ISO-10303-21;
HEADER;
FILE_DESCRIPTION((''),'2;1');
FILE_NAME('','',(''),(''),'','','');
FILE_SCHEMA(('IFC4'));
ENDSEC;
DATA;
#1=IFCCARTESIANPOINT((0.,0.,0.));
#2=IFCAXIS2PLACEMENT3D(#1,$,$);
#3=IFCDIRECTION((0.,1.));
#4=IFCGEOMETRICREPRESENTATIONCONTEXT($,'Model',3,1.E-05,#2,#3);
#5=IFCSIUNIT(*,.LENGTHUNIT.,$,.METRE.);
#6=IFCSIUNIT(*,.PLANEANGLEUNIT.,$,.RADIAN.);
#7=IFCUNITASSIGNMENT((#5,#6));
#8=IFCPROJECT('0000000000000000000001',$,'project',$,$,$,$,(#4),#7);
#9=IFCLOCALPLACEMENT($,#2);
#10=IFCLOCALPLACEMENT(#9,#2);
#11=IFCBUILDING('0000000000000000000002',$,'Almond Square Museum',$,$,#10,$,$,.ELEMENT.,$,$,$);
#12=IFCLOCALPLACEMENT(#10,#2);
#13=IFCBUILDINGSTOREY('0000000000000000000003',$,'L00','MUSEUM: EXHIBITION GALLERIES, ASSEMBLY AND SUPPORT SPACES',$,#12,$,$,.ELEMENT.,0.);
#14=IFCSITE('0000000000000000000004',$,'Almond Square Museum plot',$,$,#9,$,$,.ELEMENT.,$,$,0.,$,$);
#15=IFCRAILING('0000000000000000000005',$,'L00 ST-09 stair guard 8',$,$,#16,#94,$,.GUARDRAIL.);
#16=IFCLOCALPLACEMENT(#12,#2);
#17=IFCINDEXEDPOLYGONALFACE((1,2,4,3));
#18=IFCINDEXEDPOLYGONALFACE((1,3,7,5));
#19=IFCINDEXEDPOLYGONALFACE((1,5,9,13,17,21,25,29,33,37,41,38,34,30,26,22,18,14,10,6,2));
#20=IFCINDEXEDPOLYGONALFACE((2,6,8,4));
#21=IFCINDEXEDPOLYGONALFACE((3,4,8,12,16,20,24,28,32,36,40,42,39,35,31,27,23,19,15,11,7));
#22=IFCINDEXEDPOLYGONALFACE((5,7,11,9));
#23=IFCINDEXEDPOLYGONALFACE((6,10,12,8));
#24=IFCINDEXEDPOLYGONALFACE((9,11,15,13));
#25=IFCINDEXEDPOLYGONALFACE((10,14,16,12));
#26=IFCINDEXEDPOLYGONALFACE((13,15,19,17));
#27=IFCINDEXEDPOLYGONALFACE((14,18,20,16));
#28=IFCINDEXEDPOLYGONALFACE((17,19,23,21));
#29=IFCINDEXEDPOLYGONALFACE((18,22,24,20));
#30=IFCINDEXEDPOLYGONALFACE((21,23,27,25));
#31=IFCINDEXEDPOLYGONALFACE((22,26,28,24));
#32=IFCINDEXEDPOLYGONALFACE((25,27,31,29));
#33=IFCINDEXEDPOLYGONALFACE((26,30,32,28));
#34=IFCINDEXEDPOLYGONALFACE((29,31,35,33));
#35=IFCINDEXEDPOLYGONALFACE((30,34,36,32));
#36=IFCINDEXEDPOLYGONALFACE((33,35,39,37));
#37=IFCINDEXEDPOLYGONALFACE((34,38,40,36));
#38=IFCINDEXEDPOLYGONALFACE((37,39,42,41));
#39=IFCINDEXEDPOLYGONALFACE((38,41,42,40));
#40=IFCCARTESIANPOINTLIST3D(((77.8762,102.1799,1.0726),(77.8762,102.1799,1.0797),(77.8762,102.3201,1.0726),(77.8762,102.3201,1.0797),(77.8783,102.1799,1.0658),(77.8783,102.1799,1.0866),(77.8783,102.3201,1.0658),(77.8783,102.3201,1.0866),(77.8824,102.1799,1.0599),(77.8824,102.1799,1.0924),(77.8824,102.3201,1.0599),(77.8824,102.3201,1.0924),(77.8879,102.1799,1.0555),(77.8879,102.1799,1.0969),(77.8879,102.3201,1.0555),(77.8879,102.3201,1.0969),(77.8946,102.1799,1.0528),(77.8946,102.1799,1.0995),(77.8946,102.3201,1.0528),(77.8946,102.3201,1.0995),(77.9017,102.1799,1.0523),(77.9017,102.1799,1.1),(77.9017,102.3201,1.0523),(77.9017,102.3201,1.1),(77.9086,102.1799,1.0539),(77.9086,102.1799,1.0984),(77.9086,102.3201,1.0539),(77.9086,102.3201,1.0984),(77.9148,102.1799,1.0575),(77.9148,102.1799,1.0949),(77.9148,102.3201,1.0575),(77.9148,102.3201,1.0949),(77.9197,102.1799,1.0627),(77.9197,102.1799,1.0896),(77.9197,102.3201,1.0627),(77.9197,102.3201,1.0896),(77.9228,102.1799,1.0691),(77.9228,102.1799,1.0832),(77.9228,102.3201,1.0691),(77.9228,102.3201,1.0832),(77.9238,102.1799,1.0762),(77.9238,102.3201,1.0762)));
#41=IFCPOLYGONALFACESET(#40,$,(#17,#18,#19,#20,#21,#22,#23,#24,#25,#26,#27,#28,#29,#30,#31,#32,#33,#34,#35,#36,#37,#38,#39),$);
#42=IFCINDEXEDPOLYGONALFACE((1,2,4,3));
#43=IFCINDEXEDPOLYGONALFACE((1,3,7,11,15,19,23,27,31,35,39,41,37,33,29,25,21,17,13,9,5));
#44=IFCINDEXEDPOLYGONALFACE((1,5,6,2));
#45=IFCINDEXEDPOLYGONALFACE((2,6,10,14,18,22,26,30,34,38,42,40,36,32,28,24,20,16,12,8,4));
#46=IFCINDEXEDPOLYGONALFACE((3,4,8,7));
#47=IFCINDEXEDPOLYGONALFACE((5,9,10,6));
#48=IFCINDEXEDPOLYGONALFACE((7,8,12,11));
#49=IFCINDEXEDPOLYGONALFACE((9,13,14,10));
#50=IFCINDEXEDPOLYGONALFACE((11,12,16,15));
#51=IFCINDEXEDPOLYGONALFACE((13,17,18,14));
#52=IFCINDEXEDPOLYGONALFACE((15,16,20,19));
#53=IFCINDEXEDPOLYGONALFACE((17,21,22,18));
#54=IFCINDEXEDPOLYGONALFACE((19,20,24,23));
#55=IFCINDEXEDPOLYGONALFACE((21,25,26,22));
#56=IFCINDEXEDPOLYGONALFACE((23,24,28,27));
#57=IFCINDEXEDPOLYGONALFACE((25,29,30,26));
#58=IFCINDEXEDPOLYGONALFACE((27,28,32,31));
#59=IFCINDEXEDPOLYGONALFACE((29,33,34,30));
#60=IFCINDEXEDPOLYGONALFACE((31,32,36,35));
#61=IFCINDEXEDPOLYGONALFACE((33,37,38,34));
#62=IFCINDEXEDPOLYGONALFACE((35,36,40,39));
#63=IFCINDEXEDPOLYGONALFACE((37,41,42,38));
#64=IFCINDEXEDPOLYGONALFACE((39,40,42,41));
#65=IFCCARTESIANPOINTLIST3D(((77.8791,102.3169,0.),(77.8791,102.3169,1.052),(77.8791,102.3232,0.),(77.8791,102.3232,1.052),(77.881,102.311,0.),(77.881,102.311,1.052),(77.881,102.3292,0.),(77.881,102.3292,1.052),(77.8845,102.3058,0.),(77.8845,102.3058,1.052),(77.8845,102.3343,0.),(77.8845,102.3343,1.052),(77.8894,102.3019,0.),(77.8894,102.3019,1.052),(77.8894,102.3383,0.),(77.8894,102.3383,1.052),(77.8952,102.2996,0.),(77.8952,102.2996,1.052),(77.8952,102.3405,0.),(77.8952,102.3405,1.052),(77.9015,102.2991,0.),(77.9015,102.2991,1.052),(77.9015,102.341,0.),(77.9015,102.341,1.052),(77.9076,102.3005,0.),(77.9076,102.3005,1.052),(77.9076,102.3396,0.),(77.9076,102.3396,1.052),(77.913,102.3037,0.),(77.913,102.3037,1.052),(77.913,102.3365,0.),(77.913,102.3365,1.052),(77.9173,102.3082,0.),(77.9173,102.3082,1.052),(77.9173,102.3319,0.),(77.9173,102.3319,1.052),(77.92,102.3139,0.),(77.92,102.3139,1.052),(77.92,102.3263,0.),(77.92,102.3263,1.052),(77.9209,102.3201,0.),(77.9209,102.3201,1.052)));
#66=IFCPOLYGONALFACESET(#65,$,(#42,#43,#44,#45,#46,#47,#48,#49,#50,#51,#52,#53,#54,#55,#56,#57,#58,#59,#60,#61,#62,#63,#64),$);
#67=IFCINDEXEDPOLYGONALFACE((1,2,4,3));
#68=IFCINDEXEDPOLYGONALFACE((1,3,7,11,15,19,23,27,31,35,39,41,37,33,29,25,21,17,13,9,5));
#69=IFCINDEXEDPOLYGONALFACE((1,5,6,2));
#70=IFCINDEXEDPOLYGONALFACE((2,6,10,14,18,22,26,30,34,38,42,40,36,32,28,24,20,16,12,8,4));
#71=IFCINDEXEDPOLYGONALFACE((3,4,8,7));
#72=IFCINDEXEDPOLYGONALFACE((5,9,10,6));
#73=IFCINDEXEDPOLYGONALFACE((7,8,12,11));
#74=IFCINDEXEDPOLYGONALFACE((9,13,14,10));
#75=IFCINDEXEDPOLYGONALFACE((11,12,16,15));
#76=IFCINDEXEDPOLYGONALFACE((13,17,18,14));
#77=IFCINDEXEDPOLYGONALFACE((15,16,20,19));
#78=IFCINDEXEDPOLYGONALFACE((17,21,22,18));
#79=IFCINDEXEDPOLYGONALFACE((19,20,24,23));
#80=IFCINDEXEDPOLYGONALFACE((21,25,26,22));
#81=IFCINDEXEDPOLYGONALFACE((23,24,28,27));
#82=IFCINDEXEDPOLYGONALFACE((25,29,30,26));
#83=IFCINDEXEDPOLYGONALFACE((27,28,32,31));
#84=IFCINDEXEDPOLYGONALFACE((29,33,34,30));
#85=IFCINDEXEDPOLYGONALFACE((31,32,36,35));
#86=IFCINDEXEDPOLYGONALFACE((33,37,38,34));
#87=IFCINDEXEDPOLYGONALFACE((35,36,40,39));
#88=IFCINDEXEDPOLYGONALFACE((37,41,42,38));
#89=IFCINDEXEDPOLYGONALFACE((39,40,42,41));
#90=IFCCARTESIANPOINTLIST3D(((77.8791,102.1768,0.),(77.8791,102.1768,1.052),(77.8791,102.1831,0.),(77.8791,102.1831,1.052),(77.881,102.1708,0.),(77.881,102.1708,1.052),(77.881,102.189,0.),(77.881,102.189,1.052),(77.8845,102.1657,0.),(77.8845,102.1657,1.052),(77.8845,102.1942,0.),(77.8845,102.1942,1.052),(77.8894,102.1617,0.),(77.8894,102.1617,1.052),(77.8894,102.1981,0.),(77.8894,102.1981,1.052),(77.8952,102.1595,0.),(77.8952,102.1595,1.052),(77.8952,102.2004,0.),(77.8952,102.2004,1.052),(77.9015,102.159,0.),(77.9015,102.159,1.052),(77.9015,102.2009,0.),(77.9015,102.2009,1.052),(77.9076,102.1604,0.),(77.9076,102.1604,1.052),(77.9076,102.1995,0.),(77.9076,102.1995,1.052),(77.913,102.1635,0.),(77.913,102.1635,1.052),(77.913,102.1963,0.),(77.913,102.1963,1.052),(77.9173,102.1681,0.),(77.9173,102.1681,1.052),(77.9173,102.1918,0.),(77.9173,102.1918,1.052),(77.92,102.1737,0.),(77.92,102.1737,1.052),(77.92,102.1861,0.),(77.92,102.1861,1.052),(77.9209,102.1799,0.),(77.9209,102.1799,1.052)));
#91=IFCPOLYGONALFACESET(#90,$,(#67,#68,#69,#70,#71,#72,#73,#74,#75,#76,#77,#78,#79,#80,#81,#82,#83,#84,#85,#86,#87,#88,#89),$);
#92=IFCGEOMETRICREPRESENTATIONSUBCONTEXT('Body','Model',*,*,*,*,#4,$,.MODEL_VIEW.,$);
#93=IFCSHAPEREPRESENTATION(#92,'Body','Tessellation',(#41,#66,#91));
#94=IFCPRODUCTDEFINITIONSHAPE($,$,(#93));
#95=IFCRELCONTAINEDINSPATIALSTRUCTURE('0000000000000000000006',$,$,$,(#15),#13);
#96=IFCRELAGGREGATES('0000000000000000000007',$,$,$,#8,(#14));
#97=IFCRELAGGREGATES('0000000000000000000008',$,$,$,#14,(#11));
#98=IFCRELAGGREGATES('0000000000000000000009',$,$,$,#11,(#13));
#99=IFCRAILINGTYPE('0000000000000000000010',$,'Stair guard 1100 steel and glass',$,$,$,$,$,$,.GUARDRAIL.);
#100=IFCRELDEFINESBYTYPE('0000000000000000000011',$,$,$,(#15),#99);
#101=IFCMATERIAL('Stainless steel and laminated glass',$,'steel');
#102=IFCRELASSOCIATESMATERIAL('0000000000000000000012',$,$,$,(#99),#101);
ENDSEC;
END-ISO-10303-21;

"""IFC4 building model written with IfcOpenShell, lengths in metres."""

from ifc_helpers import new_model, si_unit, direction, frame, origin, origin_2d, place, context, subcontext, project, spatial, circle, extrude, material, type_object, element, save


model = new_model("IFC4")

# Units and contexts
model_context = context("Model", 3, precision=1e-05, world=origin(), true_north=direction((0.0, 1.0)))
body_context = subcontext(model_context, "Body", "Model", "MODEL_VIEW")
ifc_project = project(units=[si_unit("LENGTHUNIT", "METRE"), si_unit("PLANEANGLEUNIT", "RADIAN")], contexts=[model_context])

# Site, building, storey
site_placement = place(None, origin())
site = spatial("IfcSite", under=ifc_project, at=site_placement, Name="Almond Square Museum plot", CompositionType="ELEMENT", RefElevation=0.0)
building_placement = place(site_placement, origin())
building = spatial("IfcBuilding", under=site, at=building_placement, Name="Almond Square Museum", CompositionType="ELEMENT")
storey_placement = place(building_placement, origin())
storey = spatial("IfcBuildingStorey", under=building, at=storey_placement, Name="L00", Description="MUSEUM: EXHIBITION GALLERIES, ASSEMBLY AND SUPPORT SPACES", CompositionType="ELEMENT", Elevation=0.0)

# Railing
ifc_material_1 = material(Name="Stainless steel and laminated glass", Category="steel")
railing_type_1 = type_object("IfcRailingType", Name="Stair guard 1100 steel and glass", PredefinedType="GUARDRAIL", material=ifc_material_1)
railing_1_placement = place(storey_placement, frame((77.8999, 102.3201, 0.0)))
element("IfcRailing", 1, at=railing_1_placement, inside=storey, type_object=railing_type_1, Name="L00 ST-09 stair guard 8", PredefinedType="GUARDRAIL", context=body_context, shape_type="SweptSolid", body=[
    extrude(circle(Radius=0.0239, at=origin_2d()), frame((0.0, 0.0, 1.0762), z_axis=(0.0, -1.0, 0.0), x_axis=(1.0, 0.0, 0.0)), (0.0, 0.0, 1.0), 0.1401),
    extrude(circle(Radius=0.021, at=origin_2d()), origin(), (0.0, 0.0, 1.0), 1.052),
    extrude(circle(Radius=0.021, at=origin_2d()), frame((0.0, -0.1401, 0.0)), (0.0, 0.0, 1.0), 1.052),
])

save(model, "model.ifc")
